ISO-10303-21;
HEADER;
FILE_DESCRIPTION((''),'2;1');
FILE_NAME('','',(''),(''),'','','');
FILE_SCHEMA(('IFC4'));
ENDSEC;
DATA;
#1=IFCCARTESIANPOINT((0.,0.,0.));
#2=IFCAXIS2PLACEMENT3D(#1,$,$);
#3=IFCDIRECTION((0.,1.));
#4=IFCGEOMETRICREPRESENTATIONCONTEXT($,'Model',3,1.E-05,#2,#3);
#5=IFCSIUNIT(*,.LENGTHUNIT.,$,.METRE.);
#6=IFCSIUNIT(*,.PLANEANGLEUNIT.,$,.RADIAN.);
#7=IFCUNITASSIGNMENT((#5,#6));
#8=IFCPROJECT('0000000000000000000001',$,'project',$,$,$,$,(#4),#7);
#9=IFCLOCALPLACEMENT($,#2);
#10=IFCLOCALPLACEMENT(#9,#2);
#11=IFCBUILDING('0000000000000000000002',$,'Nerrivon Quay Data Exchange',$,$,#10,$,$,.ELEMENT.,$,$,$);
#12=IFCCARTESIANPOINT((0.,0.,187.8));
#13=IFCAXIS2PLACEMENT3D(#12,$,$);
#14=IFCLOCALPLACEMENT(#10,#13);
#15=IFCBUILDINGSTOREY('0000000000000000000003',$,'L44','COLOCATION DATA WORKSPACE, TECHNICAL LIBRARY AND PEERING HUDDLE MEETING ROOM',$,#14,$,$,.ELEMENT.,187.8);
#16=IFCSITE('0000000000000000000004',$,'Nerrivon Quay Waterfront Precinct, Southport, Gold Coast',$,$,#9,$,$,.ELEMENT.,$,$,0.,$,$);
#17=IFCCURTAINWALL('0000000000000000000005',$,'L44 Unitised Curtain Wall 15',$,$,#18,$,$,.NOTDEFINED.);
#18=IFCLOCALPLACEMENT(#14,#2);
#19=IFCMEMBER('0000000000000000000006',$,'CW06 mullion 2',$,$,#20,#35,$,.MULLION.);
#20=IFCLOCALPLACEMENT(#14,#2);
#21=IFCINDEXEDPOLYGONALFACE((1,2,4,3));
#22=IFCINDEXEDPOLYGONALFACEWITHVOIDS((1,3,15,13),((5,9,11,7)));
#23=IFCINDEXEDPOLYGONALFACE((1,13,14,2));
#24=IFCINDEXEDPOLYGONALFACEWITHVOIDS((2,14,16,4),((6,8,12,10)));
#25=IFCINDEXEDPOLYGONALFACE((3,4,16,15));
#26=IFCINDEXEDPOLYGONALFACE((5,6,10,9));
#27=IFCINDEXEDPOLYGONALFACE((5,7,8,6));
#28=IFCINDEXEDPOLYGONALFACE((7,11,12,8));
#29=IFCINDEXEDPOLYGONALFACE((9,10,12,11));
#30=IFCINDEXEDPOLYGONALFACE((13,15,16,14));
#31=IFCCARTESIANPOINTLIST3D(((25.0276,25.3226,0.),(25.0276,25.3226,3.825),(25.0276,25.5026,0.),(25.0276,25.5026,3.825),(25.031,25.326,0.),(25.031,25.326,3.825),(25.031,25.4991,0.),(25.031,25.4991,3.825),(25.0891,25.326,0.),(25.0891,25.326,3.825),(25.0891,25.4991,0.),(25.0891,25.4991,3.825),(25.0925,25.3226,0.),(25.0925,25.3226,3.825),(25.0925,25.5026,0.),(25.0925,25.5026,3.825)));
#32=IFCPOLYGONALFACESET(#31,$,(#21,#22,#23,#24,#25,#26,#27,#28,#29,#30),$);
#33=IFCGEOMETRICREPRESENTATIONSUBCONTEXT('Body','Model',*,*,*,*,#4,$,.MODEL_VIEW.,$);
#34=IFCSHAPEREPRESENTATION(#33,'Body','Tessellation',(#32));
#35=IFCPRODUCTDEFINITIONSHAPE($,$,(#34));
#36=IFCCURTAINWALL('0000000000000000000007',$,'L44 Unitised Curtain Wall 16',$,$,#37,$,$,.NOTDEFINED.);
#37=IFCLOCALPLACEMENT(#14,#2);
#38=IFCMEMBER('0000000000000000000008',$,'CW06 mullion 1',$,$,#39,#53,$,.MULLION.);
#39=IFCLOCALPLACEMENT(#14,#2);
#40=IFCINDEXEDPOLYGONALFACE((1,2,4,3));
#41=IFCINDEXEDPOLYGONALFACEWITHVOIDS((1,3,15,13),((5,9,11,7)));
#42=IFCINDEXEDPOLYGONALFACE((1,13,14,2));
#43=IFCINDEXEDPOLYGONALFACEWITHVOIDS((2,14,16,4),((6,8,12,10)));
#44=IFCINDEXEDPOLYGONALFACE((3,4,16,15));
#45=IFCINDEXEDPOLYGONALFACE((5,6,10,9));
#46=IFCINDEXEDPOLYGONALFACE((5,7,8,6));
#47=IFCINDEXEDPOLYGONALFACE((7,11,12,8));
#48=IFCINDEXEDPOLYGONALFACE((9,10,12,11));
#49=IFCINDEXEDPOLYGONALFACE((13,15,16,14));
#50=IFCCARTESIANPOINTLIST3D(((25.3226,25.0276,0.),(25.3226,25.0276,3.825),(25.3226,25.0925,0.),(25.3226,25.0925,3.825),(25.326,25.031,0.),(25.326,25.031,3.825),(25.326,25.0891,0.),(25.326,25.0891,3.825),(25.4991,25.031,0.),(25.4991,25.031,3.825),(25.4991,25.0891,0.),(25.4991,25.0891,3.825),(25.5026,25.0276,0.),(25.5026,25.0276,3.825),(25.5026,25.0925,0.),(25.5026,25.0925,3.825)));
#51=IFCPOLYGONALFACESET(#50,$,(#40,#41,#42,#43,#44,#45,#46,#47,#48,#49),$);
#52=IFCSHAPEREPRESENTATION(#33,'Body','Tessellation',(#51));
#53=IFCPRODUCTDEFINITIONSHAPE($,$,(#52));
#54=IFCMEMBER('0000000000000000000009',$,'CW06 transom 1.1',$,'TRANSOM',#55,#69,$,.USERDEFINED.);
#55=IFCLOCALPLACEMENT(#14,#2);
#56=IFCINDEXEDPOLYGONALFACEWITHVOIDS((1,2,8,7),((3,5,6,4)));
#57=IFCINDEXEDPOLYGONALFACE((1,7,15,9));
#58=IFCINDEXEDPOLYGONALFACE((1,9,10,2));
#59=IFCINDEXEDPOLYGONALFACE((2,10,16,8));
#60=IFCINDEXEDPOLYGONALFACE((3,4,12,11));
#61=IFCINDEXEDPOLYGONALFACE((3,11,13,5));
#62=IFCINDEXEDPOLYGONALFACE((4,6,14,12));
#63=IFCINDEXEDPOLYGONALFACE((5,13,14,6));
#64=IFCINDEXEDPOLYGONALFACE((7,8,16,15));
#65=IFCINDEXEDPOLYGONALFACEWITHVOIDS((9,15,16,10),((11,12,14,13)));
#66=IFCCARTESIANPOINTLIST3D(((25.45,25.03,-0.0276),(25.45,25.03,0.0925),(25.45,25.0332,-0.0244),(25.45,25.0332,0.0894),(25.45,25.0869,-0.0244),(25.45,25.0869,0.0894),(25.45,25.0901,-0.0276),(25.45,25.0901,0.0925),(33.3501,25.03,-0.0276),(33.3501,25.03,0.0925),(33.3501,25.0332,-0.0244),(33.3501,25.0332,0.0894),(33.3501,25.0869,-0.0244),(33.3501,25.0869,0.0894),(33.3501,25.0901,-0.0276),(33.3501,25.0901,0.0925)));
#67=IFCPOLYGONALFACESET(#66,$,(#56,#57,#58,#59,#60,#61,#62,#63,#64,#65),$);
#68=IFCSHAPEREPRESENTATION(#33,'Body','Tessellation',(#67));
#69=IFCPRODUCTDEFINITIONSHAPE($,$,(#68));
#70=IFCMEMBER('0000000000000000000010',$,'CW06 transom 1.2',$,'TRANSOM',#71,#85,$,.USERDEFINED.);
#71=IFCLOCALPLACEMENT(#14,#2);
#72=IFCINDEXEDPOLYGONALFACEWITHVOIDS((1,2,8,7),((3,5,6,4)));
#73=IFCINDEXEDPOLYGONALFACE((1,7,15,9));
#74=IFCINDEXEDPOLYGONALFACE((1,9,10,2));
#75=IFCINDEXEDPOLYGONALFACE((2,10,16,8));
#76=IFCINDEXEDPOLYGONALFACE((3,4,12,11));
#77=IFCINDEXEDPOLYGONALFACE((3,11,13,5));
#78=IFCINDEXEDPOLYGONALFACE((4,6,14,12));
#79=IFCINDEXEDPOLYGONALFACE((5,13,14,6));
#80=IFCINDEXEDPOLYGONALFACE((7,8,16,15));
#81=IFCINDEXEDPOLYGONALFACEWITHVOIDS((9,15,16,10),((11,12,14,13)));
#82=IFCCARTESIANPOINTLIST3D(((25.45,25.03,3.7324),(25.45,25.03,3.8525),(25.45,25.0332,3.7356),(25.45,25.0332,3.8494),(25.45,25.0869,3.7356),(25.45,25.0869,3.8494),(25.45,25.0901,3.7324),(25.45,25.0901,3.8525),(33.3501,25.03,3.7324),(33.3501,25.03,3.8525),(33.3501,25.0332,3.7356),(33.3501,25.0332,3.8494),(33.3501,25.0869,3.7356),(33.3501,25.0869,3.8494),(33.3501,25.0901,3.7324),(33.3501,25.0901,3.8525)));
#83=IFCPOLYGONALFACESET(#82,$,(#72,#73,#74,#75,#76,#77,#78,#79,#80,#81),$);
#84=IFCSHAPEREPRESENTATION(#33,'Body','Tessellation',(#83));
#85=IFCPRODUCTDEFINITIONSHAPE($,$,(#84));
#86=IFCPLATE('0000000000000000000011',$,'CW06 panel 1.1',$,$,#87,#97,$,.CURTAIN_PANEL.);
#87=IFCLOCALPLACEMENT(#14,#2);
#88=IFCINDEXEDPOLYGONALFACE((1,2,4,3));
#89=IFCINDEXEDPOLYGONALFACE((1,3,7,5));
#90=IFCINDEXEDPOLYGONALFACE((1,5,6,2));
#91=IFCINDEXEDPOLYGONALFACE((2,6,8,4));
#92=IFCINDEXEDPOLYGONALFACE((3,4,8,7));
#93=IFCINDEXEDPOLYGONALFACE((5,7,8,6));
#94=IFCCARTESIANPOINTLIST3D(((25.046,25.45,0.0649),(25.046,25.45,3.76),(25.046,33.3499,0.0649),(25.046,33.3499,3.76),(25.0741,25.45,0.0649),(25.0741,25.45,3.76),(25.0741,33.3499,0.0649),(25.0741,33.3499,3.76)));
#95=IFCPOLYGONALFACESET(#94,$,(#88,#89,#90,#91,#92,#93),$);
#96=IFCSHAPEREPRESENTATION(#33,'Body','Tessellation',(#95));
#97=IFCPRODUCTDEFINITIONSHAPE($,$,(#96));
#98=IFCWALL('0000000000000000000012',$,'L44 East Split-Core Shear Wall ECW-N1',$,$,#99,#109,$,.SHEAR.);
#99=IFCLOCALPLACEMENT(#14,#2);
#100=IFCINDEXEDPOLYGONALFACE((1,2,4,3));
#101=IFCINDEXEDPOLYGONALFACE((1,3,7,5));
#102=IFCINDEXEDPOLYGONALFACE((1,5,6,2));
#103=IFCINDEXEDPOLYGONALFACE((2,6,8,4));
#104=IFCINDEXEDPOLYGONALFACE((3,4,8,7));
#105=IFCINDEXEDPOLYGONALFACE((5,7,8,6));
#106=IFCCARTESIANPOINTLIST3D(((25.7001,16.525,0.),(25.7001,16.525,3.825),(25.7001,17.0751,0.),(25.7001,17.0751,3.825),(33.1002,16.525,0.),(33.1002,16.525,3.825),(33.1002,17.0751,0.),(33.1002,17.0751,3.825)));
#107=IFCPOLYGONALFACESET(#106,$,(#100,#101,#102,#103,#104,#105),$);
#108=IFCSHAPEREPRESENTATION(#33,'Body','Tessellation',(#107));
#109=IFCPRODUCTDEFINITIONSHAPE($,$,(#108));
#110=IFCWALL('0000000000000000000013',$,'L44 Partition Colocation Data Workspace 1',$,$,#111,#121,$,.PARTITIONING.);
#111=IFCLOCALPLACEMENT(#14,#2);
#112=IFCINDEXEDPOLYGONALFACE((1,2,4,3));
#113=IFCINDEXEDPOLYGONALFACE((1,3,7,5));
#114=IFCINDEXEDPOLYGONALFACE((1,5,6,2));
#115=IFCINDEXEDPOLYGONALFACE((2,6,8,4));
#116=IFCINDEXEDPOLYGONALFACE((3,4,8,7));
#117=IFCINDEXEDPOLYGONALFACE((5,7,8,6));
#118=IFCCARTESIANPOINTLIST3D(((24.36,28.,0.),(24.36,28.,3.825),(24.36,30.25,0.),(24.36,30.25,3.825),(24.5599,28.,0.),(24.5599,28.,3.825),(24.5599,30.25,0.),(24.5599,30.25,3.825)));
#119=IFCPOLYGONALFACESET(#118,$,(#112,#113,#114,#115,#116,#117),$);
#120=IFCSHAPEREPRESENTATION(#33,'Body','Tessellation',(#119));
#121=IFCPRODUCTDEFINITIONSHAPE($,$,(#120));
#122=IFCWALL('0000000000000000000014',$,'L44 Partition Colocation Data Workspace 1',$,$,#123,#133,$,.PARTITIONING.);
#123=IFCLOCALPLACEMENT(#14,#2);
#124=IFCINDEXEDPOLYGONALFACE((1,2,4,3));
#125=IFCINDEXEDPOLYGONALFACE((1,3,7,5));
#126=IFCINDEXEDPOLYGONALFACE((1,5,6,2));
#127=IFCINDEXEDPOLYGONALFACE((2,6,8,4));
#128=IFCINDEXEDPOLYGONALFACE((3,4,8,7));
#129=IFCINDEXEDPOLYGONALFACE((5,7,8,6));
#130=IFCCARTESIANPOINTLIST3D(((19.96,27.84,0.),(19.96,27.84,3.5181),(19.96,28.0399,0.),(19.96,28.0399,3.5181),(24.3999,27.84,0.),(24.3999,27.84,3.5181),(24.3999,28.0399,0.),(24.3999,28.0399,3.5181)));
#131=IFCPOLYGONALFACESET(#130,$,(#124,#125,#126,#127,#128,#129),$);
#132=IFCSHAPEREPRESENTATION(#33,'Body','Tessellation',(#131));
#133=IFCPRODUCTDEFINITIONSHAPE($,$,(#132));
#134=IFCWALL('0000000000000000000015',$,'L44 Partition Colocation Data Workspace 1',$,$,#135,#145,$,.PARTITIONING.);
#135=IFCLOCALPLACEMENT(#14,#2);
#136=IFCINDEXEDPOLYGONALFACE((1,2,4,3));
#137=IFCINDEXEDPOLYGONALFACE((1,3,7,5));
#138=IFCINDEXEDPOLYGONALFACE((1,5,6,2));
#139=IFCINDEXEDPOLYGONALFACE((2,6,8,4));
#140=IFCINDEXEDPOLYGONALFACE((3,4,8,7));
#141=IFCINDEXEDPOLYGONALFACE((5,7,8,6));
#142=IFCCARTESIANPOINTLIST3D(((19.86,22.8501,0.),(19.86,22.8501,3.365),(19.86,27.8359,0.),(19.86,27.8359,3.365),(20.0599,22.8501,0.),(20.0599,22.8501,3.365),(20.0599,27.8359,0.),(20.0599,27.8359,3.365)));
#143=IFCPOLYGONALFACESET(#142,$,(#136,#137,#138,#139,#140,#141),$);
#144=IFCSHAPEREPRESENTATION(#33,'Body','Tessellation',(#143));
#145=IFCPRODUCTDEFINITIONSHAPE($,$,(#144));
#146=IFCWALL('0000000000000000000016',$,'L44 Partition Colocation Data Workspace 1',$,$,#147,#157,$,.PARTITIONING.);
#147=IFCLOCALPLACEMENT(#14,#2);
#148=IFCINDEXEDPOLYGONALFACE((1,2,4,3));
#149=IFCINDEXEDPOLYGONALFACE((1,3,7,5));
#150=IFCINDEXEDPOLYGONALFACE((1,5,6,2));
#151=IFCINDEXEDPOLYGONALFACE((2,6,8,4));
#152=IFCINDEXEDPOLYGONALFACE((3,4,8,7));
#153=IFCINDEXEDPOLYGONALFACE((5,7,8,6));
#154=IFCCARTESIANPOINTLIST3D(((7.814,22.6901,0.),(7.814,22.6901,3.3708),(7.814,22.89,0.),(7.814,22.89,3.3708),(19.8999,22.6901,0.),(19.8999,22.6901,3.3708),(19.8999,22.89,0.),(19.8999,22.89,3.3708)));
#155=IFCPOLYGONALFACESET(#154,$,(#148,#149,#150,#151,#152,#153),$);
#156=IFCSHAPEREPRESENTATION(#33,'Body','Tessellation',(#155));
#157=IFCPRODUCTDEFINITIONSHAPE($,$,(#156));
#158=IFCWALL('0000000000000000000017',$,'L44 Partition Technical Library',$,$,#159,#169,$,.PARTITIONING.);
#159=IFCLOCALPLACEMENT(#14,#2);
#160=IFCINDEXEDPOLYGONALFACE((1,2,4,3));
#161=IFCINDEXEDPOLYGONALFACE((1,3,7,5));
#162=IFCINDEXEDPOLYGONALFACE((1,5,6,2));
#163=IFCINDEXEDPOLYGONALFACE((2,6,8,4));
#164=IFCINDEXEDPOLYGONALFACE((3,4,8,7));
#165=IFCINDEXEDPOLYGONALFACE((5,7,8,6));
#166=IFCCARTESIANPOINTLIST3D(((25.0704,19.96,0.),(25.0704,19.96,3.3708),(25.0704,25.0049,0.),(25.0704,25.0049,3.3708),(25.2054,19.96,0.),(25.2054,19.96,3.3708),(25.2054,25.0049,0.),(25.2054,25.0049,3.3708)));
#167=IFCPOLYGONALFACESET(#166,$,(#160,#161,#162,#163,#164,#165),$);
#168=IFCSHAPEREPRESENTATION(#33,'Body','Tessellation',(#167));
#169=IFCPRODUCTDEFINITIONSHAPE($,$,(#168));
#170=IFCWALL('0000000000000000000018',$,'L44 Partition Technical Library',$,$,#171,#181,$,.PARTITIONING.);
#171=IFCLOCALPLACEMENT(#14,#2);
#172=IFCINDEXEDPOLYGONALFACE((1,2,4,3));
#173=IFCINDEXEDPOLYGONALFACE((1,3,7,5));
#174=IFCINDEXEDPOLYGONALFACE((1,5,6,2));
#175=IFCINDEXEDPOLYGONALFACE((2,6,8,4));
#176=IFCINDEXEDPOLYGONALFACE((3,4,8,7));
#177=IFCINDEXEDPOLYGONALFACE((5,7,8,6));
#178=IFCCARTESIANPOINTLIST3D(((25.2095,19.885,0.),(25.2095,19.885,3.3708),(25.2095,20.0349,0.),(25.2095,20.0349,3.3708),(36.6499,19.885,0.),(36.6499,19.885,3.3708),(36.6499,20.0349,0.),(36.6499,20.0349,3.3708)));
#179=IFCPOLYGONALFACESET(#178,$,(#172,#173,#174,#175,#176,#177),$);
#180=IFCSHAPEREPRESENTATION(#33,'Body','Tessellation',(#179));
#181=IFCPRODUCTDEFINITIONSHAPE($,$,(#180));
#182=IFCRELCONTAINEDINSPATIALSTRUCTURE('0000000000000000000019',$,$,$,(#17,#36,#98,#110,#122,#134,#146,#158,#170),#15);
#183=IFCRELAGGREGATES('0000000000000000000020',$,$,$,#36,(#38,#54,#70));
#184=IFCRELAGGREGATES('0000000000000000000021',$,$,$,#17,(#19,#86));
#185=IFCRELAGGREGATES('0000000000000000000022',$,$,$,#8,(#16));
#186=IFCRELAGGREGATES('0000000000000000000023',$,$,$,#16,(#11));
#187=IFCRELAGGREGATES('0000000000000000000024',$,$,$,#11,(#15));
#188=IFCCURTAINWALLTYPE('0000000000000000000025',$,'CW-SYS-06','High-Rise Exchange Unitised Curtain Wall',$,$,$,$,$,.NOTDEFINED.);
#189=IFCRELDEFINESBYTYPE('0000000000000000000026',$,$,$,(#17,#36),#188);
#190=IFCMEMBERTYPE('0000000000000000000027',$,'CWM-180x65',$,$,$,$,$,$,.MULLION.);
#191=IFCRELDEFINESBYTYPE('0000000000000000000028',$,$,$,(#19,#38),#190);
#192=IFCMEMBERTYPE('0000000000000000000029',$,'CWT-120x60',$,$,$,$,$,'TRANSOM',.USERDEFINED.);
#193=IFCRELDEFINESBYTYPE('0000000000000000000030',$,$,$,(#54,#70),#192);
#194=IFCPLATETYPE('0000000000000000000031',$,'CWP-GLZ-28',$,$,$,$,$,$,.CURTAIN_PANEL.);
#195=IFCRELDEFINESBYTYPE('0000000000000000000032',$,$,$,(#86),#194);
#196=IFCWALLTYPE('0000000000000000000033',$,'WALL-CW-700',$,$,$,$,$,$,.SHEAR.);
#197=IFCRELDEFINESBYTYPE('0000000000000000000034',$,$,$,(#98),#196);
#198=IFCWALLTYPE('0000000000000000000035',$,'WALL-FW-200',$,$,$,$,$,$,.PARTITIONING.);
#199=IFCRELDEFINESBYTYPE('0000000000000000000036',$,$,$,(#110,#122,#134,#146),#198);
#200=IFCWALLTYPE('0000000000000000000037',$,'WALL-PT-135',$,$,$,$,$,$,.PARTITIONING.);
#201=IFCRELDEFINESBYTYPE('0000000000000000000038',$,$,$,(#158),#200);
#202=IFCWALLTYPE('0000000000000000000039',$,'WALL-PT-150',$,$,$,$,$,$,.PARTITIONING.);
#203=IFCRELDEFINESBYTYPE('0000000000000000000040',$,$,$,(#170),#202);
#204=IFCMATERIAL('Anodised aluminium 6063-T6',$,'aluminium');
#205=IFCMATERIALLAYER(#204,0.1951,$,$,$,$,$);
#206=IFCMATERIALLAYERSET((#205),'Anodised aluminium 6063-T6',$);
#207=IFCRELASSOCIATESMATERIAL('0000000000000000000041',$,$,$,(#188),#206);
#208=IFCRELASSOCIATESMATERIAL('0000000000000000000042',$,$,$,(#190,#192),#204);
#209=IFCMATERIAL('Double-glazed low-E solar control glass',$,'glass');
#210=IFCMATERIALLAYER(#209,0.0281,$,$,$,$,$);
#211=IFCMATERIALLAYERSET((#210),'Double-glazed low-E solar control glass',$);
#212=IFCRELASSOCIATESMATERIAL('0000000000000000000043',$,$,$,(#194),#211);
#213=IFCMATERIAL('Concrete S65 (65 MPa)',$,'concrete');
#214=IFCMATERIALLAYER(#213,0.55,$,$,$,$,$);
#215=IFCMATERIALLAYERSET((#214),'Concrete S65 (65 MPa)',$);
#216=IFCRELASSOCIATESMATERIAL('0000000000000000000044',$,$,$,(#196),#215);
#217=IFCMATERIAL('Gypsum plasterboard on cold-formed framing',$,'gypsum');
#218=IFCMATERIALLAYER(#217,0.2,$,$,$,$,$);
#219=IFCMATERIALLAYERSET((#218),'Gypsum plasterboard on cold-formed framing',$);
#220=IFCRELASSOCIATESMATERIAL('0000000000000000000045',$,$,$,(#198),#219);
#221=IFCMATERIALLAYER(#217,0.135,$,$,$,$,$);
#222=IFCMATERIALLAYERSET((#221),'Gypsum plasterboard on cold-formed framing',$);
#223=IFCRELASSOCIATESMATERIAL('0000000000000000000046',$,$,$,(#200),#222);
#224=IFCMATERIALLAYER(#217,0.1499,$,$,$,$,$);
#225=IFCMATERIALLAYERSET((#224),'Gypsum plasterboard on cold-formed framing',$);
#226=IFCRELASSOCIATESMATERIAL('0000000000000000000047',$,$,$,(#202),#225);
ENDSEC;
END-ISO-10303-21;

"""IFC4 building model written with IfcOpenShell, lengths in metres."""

from ifc_helpers import new_model, si_unit, direction, frame, frame_2d, origin, origin_2d, place, context, subcontext, project, spatial, rectangle, hollow_rectangle, extrude, material, layer, layer_set, material_profile, profile_set, type_object, element, aggregate, save


model = new_model("IFC4")

# Units and contexts
model_context = context("Model", 3, precision=1e-05, world=origin(), true_north=direction((0.0, 1.0)))
body_context = subcontext(model_context, "Body", "Model", "MODEL_VIEW")
ifc_project = project(units=[si_unit("LENGTHUNIT", "METRE"), si_unit("PLANEANGLEUNIT", "RADIAN")], contexts=[model_context])

# Site, building, storey
site_placement = place(None, origin())
site = spatial("IfcSite", under=ifc_project, at=site_placement, Name="Nerrivon Quay Waterfront Precinct, Southport, Gold Coast", CompositionType="ELEMENT", RefElevation=0.0)
building_placement = place(site_placement, origin())
building = spatial("IfcBuilding", under=site, at=building_placement, Name="Nerrivon Quay Data Exchange", CompositionType="ELEMENT")
storey_placement = place(building_placement, frame((0.0, 0.0, 187.8)))
storey = spatial("IfcBuildingStorey", under=building, at=storey_placement, Name="L44", Description="COLOCATION DATA WORKSPACE, TECHNICAL LIBRARY AND PEERING HUDDLE MEETING ROOM", CompositionType="ELEMENT", Elevation=187.8)

# Shared definitions
ifc_material_1 = material(Name="Concrete S65 (65 MPa)", Category="concrete")

# Curtain wall, member
ifc_material_2 = material(Name="Anodised aluminium 6063-T6", Category="aluminium")
ifc_layer_1 = layer(ifc_material_2, 0.1951)
ifc_layer_set_1 = layer_set([ifc_layer_1], Name="Anodised aluminium 6063-T6")
curtain_wall_type = type_object("IfcCurtainWallType", Name="CW-SYS-06", Description="High-Rise Exchange Unitised Curtain Wall", PredefinedType="NOTDEFINED", material=ifc_layer_set_1)
curtain_wall_1_placement = place(storey_placement, origin())
curtain_wall_1 = element("IfcCurtainWall", 1, at=curtain_wall_1_placement, inside=storey, type_object=curtain_wall_type, Name="L44 Unitised Curtain Wall 15", PredefinedType="NOTDEFINED")
ifc_material_profile_1 = material_profile(ifc_material_2, hollow_rectangle(XDim=0.0649, YDim=0.1799, WallThickness=0.0034, at=origin_2d()), Name="ALU-MULL-180x65")
ifc_profile_set_1 = profile_set([ifc_material_profile_1], Name="Anodised aluminium 6063-T6")
member_type_1 = type_object("IfcMemberType", Name="CWM-180x65", PredefinedType="MULLION", material=ifc_profile_set_1)
member_1_placement = place(storey_placement, frame((25.0601, 25.4126, 0.0), z_axis=(0.0, 0.0, 1.0), x_axis=(1.0, 0.0, 0.0)))
member_1 = element("IfcMember", 2, at=member_1_placement, type_object=member_type_1, Name="CW06 mullion 2", PredefinedType="MULLION", context=body_context, shape_type="SweptSolid", body=[
    extrude(hollow_rectangle(XDim=0.0649, YDim=0.1799, WallThickness=0.0034, at=origin_2d()), origin(), (0.0, 0.0, 1.0), 3.825),
])

# Curtain wall, members
curtain_wall_2_placement = place(storey_placement, origin())
curtain_wall_2 = element("IfcCurtainWall", 3, at=curtain_wall_2_placement, inside=storey, type_object=curtain_wall_type, Name="L44 Unitised Curtain Wall 16", PredefinedType="NOTDEFINED")
member_2_placement = place(storey_placement, frame((25.4126, 25.0601, 0.0), z_axis=(0.0, 0.0, 1.0), x_axis=(0.0, 1.0, 0.0)))
member_2 = element("IfcMember", 4, at=member_2_placement, type_object=member_type_1, Name="CW06 mullion 1", PredefinedType="MULLION", context=body_context, shape_type="SweptSolid", body=[
    extrude(hollow_rectangle(XDim=0.0649, YDim=0.1799, WallThickness=0.0034, at=origin_2d()), origin(), (0.0, 0.0, 1.0), 3.825),
])
ifc_material_profile_2 = material_profile(ifc_material_2, hollow_rectangle(XDim=0.0601, YDim=0.1201, WallThickness=0.0032, at=origin_2d()), Name="ALU-TRAN-120x60")
ifc_profile_set_2 = profile_set([ifc_material_profile_2], Name="Anodised aluminium 6063-T6")
member_type_2 = type_object("IfcMemberType", Name="CWT-120x60", ElementType="TRANSOM", PredefinedType="USERDEFINED", material=ifc_profile_set_2)
member_3_placement = place(storey_placement, frame((25.45, 25.0601, 0.0325), z_axis=(1.0, 0.0, 0.0), x_axis=(0.0, 1.0, 0.0)))
member_3 = element("IfcMember", 5, at=member_3_placement, type_object=member_type_2, Name="CW06 transom 1.1", ObjectType="TRANSOM", PredefinedType="USERDEFINED", context=body_context, shape_type="SweptSolid", body=[
    extrude(hollow_rectangle(XDim=0.0601, YDim=0.1201, WallThickness=0.0032, at=origin_2d()), origin(), (0.0, 0.0, 1.0), 7.9001),
])
member_4_placement = place(storey_placement, frame((25.45, 25.0601, 3.7925), z_axis=(1.0, 0.0, 0.0), x_axis=(0.0, 1.0, 0.0)))
member_4 = element("IfcMember", 6, at=member_4_placement, type_object=member_type_2, Name="CW06 transom 1.2", ObjectType="TRANSOM", PredefinedType="USERDEFINED", context=body_context, shape_type="SweptSolid", body=[
    extrude(hollow_rectangle(XDim=0.0601, YDim=0.1201, WallThickness=0.0032, at=origin_2d()), origin(), (0.0, 0.0, 1.0), 7.9001),
])
aggregate(curtain_wall_2, [member_2, member_3, member_4])

# Plate
ifc_material_3 = material(Name="Double-glazed low-E solar control glass", Category="glass")
ifc_layer_2 = layer(ifc_material_3, 0.0281)
ifc_layer_set_2 = layer_set([ifc_layer_2], Name="Double-glazed low-E solar control glass")
plate_type = type_object("IfcPlateType", Name="CWP-GLZ-28", PredefinedType="CURTAIN_PANEL", material=ifc_layer_set_2)
plate_placement = place(storey_placement, frame((25.0601, 29.3999, 0.0649), z_axis=(0.0, 0.0, 1.0), x_axis=(0.0, -1.0, 0.0)))
plate = element("IfcPlate", 7, at=plate_placement, type_object=plate_type, Name="CW06 panel 1.1", PredefinedType="CURTAIN_PANEL", context=body_context, shape_type="SweptSolid", body=[
    extrude(rectangle(XDim=7.8999, YDim=0.0281, at=origin_2d()), origin(), (0.0, 0.0, 1.0), 3.6951),
])
aggregate(curtain_wall_1, [member_1, plate])

# Walls
ifc_layer_3 = layer(ifc_material_1, 0.55)
ifc_layer_set_3 = layer_set([ifc_layer_3], Name="Concrete S65 (65 MPa)")
wall_type_1 = type_object("IfcWallType", Name="WALL-CW-700", PredefinedType="SHEAR", material=ifc_layer_set_3)
wall_1_placement = place(storey_placement, frame((25.7, 16.8, 0.0), z_axis=(0.0, 0.0, 1.0), x_axis=(1.0, 0.0, 0.0)))
element("IfcWall", 8, at=wall_1_placement, inside=storey, type_object=wall_type_1, Name="L44 East Split-Core Shear Wall ECW-N1", PredefinedType="SHEAR", context=body_context, shape_type="SweptSolid", body=[
    extrude(rectangle(XDim=7.4001, YDim=0.55, at=frame_2d((3.7002, 0.0))), origin(), (0.0, 0.0, 1.0), 3.825),
])
ifc_material_4 = material(Name="Gypsum plasterboard on cold-formed framing", Category="gypsum")
ifc_layer_4 = layer(ifc_material_4, 0.2)
ifc_layer_set_4 = layer_set([ifc_layer_4], Name="Gypsum plasterboard on cold-formed framing")
wall_type_2 = type_object("IfcWallType", Name="WALL-FW-200", PredefinedType="PARTITIONING", material=ifc_layer_set_4)
wall_2_placement = place(storey_placement, frame((24.46, 30.25, 0.0), z_axis=(0.0, 0.0, 1.0), x_axis=(0.0, -1.0, 0.0)))
element("IfcWall", 9, at=wall_2_placement, inside=storey, type_object=wall_type_2, Name="L44 Partition Colocation Data Workspace 1", PredefinedType="PARTITIONING", context=body_context, shape_type="SweptSolid", body=[
    extrude(rectangle(XDim=2.25, YDim=0.2, at=frame_2d((1.125, 0.0))), origin(), (0.0, 0.0, 1.0), 3.825),
])
wall_3_placement = place(storey_placement, frame((24.3999, 27.9399, 0.0), z_axis=(0.0, 0.0, 1.0), x_axis=(-1.0, 0.0, 0.0)))
element("IfcWall", 10, at=wall_3_placement, inside=storey, type_object=wall_type_2, Name="L44 Partition Colocation Data Workspace 1", PredefinedType="PARTITIONING", context=body_context, shape_type="SweptSolid", body=[
    extrude(rectangle(XDim=4.4399, YDim=0.2, at=frame_2d((2.22, 0.0))), origin(), (0.0, 0.0, 1.0), 3.5181),
])
wall_4_placement = place(storey_placement, frame((19.96, 27.8359, 0.0), z_axis=(0.0, 0.0, 1.0), x_axis=(0.0, -1.0, 0.0)))
element("IfcWall", 11, at=wall_4_placement, inside=storey, type_object=wall_type_2, Name="L44 Partition Colocation Data Workspace 1", PredefinedType="PARTITIONING", context=body_context, shape_type="SweptSolid", body=[
    extrude(rectangle(XDim=4.9858, YDim=0.2, at=frame_2d((2.4929, 0.0))), origin(), (0.0, 0.0, 1.0), 3.365),
])
wall_5_placement = place(storey_placement, frame((19.8999, 22.79, 0.0), z_axis=(0.0, 0.0, 1.0), x_axis=(-1.0, 0.0, 0.0)))
element("IfcWall", 12, at=wall_5_placement, inside=storey, type_object=wall_type_2, Name="L44 Partition Colocation Data Workspace 1", PredefinedType="PARTITIONING", context=body_context, shape_type="SweptSolid", body=[
    extrude(rectangle(XDim=12.0859, YDim=0.2, at=frame_2d((6.043, 0.0))), origin(), (0.0, 0.0, 1.0), 3.3708),
])
ifc_layer_5 = layer(ifc_material_4, 0.135)
ifc_layer_set_5 = layer_set([ifc_layer_5], Name="Gypsum plasterboard on cold-formed framing")
wall_type_3 = type_object("IfcWallType", Name="WALL-PT-135", PredefinedType="PARTITIONING", material=ifc_layer_set_5)
wall_6_placement = place(storey_placement, frame((25.1379, 25.0049, 0.0), z_axis=(0.0, 0.0, 1.0), x_axis=(0.0, -1.0, 0.0)))
element("IfcWall", 13, at=wall_6_placement, inside=storey, type_object=wall_type_3, Name="L44 Partition Technical Library", PredefinedType="PARTITIONING", context=body_context, shape_type="SweptSolid", body=[
    extrude(rectangle(XDim=5.0449, YDim=0.135, at=frame_2d((2.5225, 0.0))), origin(), (0.0, 0.0, 1.0), 3.3708),
])
ifc_layer_6 = layer(ifc_material_4, 0.1499)
ifc_layer_set_6 = layer_set([ifc_layer_6], Name="Gypsum plasterboard on cold-formed framing")
wall_type_4 = type_object("IfcWallType", Name="WALL-PT-150", PredefinedType="PARTITIONING", material=ifc_layer_set_6)
wall_7_placement = place(storey_placement, frame((25.2095, 19.96, 0.0), z_axis=(0.0, 0.0, 1.0), x_axis=(1.0, 0.0, 0.0)))
element("IfcWall", 14, at=wall_7_placement, inside=storey, type_object=wall_type_4, Name="L44 Partition Technical Library", PredefinedType="PARTITIONING", context=body_context, shape_type="SweptSolid", body=[
    extrude(rectangle(XDim=11.4404, YDim=0.1499, at=frame_2d((5.7202, 0.0))), origin(), (0.0, 0.0, 1.0), 3.3708),
])

save(model, "model.ifc")
